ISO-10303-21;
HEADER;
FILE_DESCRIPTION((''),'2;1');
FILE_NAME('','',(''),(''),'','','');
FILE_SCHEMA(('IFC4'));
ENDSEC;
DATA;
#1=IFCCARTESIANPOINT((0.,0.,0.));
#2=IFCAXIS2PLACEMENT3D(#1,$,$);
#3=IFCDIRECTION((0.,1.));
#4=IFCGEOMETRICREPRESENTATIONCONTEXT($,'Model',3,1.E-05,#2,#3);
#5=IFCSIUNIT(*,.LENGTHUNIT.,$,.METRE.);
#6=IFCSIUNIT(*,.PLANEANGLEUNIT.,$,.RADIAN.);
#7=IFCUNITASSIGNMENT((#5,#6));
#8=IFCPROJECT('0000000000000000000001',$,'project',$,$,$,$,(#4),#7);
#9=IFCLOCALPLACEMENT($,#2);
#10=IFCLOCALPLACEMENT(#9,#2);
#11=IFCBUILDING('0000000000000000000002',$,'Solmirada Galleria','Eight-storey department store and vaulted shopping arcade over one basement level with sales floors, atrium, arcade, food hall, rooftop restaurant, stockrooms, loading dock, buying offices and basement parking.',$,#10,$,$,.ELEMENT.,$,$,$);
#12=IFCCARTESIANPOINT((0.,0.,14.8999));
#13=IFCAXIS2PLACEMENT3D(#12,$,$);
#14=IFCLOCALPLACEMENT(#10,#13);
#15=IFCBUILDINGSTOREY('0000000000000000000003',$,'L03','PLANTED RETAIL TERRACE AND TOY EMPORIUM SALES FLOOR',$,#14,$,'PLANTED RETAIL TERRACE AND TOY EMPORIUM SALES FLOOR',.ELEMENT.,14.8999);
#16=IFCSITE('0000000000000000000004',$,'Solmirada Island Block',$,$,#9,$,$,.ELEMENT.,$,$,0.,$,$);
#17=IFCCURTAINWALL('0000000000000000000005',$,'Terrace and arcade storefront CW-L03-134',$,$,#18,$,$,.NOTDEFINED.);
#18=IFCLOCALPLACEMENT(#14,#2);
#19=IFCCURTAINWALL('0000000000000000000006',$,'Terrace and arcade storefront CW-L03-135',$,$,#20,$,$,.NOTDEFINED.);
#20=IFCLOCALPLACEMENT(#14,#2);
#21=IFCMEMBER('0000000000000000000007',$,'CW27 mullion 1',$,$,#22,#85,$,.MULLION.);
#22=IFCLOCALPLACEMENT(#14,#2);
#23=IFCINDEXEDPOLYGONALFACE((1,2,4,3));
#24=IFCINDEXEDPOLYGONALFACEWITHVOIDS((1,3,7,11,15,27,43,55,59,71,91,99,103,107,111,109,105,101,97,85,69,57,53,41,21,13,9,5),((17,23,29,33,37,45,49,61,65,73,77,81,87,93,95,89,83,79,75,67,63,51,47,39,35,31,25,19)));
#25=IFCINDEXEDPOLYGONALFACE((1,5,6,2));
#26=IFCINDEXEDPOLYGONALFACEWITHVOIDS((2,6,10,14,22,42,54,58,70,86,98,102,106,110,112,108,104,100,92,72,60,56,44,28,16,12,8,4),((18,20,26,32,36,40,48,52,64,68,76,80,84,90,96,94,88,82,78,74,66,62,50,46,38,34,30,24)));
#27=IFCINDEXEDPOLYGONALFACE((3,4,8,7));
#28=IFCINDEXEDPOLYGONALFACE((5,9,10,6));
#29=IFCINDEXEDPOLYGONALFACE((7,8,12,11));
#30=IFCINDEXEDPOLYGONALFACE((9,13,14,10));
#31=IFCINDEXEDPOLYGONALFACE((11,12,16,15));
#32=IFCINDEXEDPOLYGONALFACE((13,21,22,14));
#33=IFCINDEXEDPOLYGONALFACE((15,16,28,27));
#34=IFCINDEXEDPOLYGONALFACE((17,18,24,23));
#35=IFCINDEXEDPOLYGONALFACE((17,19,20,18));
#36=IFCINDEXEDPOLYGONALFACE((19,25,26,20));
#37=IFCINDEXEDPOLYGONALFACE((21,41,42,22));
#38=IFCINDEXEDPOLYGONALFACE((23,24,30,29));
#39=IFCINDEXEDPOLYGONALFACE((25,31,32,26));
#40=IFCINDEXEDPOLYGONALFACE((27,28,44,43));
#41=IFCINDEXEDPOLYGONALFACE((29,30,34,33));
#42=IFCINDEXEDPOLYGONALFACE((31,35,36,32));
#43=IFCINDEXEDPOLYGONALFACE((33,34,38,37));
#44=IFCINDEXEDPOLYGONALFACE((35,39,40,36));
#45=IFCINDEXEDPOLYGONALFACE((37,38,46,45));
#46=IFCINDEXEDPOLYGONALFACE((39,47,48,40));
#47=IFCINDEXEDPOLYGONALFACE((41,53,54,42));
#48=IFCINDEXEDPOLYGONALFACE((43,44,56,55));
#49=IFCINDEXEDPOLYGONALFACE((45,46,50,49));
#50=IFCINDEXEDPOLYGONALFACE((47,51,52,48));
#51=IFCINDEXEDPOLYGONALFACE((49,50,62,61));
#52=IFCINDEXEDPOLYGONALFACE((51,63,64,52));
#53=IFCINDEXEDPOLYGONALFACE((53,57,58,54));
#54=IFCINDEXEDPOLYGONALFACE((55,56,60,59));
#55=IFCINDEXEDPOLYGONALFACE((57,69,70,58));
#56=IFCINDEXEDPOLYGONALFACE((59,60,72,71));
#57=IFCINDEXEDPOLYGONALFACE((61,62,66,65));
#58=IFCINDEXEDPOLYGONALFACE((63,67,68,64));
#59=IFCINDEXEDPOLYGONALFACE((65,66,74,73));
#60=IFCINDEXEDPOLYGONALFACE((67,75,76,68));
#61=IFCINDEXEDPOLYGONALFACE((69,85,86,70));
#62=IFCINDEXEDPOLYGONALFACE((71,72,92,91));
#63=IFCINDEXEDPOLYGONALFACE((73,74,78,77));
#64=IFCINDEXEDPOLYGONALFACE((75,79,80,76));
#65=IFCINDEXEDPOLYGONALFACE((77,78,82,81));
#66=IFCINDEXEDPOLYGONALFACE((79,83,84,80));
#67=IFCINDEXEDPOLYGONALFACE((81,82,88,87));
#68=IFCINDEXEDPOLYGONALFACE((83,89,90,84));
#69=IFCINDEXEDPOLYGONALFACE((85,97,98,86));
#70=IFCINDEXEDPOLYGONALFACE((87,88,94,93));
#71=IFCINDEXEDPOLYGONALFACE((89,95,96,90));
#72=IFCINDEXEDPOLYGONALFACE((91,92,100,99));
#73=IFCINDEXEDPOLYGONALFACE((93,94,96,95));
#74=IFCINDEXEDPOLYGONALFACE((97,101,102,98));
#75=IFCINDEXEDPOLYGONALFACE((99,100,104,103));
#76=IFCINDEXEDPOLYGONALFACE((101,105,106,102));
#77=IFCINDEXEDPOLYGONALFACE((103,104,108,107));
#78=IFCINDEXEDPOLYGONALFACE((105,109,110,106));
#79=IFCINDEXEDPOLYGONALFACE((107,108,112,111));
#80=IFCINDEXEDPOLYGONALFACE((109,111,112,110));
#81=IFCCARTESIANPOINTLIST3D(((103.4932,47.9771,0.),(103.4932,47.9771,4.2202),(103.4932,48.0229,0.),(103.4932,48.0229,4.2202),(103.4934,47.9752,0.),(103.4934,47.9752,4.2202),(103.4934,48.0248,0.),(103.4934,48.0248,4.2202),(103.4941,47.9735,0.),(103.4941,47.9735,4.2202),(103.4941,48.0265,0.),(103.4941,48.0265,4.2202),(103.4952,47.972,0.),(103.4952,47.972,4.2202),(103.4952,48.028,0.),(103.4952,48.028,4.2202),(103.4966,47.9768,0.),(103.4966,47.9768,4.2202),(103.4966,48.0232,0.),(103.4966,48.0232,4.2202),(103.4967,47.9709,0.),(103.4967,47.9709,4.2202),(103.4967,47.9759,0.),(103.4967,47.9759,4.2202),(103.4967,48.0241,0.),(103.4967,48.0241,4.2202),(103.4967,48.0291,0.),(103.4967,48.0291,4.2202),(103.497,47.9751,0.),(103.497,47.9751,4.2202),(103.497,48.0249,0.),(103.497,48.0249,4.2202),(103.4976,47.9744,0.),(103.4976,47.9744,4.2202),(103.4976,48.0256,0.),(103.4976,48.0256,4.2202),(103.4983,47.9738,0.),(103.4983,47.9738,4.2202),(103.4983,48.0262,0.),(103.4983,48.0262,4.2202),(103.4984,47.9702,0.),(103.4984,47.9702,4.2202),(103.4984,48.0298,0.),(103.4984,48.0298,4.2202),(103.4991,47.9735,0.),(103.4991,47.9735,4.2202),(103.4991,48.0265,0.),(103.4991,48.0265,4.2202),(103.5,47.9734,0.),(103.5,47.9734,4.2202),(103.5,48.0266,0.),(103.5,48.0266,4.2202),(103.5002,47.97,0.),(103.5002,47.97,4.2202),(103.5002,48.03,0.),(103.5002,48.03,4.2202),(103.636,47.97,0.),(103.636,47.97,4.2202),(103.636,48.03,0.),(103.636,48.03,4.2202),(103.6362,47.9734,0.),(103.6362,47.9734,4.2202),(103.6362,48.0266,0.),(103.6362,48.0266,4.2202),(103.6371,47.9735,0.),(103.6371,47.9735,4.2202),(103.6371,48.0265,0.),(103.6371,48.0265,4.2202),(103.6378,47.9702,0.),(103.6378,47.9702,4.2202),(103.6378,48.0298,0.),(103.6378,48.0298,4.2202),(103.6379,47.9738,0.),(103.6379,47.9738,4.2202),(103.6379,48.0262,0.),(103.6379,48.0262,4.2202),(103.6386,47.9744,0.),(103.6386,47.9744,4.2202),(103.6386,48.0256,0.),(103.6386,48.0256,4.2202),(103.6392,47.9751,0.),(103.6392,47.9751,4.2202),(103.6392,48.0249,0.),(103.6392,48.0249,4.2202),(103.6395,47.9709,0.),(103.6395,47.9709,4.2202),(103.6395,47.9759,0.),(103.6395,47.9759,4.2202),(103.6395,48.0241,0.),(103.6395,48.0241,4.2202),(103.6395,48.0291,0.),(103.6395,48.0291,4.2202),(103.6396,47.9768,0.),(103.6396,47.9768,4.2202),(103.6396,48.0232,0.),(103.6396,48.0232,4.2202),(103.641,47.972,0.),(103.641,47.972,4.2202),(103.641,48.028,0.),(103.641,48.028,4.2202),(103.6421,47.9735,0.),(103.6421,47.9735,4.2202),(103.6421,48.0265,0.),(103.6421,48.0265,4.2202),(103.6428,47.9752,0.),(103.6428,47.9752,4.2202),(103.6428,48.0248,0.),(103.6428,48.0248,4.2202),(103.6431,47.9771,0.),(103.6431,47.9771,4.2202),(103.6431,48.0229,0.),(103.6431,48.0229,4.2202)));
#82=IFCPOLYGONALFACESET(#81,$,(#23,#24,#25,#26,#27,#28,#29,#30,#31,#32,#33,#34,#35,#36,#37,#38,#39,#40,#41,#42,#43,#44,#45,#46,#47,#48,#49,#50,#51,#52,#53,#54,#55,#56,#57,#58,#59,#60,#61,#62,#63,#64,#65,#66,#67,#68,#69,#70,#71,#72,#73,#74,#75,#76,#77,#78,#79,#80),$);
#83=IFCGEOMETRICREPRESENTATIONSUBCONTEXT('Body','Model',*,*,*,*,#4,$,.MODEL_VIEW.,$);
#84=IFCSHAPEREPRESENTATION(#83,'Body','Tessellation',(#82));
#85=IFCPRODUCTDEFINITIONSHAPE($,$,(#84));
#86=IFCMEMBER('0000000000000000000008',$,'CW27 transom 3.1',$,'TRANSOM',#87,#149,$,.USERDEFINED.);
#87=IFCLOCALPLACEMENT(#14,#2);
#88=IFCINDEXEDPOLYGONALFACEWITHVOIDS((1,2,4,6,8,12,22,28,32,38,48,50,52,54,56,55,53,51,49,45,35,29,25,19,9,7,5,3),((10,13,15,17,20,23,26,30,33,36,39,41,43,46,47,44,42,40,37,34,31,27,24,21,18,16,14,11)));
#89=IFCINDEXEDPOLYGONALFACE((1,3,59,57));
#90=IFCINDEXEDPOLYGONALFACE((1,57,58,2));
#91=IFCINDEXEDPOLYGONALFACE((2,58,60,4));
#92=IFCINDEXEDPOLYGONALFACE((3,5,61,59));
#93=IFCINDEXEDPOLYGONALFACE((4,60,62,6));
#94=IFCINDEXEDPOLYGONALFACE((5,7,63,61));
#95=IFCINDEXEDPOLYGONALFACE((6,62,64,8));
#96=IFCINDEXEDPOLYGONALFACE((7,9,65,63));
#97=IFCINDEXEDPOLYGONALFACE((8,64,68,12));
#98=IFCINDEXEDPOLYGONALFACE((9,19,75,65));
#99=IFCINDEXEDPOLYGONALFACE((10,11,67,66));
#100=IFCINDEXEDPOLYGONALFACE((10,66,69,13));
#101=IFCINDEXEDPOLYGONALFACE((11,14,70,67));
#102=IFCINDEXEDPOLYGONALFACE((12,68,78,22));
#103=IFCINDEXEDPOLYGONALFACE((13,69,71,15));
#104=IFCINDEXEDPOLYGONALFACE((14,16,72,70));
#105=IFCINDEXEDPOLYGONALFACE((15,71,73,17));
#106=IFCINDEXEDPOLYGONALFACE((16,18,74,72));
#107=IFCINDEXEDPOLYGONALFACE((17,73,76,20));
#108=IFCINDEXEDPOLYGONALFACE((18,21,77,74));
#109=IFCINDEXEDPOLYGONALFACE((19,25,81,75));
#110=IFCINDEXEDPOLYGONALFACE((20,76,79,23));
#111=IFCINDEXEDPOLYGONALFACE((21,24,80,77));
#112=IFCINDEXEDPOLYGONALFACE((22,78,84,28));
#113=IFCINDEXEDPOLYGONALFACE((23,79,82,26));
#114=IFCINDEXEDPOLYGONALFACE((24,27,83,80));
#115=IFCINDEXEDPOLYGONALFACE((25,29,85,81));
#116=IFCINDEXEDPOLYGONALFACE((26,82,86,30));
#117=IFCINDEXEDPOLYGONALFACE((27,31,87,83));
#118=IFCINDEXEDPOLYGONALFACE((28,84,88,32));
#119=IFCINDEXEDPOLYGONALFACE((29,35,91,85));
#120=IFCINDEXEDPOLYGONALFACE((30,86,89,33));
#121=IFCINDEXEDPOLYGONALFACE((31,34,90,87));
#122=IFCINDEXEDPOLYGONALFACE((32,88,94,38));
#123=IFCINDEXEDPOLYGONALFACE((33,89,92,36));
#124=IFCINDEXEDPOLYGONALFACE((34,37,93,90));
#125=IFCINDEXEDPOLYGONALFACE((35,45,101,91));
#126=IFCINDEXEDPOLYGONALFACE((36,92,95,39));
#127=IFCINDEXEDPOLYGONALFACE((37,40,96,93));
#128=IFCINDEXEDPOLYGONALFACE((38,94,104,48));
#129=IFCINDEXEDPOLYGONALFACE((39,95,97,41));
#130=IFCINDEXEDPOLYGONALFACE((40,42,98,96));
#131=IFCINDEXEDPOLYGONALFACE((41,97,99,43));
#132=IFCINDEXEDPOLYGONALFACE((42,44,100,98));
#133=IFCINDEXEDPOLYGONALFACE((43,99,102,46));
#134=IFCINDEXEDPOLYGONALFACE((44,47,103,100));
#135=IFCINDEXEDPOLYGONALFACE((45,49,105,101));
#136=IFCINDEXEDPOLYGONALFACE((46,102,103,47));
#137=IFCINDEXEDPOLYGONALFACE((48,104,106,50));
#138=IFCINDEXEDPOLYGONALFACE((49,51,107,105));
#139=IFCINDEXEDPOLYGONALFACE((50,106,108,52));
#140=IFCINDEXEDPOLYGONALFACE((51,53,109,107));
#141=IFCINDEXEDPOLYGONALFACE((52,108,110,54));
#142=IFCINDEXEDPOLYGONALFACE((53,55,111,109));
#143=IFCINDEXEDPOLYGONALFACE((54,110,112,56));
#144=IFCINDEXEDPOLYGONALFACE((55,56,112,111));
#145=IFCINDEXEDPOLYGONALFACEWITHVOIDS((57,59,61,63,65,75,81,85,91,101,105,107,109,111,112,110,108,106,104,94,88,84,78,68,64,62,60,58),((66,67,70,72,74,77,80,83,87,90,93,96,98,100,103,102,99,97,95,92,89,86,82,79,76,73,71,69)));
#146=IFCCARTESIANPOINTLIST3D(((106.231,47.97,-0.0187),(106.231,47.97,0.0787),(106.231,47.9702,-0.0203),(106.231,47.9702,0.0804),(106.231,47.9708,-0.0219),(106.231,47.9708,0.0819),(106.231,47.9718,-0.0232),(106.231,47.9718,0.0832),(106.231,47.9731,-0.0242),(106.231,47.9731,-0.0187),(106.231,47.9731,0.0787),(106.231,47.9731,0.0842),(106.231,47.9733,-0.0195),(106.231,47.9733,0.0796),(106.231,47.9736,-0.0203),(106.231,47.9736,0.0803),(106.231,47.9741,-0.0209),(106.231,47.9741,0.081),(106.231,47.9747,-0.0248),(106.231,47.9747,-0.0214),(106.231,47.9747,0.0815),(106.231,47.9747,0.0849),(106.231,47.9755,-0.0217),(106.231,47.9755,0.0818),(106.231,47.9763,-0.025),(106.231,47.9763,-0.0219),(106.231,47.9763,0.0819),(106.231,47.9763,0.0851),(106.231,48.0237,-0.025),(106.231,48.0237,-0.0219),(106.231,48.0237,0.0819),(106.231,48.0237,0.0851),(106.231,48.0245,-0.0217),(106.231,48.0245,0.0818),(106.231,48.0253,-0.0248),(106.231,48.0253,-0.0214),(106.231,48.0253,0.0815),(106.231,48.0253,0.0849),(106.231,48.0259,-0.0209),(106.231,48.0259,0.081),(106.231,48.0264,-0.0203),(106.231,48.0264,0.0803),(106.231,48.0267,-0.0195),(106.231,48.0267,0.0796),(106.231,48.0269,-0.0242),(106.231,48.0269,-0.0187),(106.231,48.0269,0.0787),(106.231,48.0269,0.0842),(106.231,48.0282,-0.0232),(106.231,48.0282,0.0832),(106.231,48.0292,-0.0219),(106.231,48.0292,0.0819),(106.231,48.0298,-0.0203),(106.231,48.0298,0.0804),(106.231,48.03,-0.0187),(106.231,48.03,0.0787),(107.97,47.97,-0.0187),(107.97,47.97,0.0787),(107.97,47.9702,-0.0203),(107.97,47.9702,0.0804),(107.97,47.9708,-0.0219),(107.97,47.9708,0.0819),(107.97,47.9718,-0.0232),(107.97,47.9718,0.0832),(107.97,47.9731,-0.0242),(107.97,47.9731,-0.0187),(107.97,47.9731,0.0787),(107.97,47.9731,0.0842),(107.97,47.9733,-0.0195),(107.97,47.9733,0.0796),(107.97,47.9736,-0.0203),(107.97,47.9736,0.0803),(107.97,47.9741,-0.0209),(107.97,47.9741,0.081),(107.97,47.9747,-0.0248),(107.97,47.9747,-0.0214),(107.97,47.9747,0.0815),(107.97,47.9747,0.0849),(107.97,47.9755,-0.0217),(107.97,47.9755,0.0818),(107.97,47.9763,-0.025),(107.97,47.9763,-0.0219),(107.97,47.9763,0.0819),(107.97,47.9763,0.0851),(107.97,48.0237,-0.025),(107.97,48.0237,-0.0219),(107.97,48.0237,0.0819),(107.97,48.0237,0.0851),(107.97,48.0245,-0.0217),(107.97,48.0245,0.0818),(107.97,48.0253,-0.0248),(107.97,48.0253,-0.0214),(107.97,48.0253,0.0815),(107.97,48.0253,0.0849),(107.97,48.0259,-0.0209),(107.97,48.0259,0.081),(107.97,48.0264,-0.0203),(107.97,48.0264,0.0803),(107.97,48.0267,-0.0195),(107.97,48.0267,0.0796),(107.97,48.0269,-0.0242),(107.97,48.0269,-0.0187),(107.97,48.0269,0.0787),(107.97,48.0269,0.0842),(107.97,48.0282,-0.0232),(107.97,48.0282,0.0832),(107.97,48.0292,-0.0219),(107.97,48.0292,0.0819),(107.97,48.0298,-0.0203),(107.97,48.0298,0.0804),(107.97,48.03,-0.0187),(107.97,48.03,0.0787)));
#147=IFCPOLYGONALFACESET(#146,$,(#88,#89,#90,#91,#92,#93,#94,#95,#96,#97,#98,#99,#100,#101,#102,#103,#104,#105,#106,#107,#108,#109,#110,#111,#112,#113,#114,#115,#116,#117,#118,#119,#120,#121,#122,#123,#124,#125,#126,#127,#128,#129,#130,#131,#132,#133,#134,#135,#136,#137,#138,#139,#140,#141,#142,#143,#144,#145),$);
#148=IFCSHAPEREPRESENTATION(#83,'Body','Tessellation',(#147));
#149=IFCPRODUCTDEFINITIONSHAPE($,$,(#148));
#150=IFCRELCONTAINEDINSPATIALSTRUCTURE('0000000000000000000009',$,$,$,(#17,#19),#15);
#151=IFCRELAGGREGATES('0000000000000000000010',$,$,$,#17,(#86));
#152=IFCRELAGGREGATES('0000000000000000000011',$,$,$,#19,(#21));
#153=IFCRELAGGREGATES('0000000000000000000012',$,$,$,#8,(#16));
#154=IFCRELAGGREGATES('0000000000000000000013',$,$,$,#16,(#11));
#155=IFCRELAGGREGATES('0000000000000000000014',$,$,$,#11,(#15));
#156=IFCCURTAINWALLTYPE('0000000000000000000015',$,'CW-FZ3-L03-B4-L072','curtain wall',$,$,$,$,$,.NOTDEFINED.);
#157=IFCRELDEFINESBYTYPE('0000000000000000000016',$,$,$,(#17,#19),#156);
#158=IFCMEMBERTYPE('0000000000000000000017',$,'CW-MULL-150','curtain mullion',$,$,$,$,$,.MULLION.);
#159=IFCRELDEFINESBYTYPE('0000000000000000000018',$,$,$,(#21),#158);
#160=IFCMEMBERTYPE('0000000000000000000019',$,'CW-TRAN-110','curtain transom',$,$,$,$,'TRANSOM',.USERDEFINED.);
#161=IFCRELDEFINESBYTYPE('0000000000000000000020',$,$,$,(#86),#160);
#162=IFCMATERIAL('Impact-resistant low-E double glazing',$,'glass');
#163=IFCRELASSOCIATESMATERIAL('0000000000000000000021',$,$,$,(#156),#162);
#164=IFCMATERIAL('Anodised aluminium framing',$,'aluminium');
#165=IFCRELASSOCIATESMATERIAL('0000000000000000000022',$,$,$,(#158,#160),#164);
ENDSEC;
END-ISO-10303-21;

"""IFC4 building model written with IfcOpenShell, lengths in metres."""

from ifc_helpers import new_model, si_unit, direction, frame, origin, origin_2d, place, context, subcontext, project, spatial, hollow_rectangle, extrude, material, material_profile, profile_set, type_object, element, aggregate, save


model = new_model("IFC4")

# Units and contexts
model_context = context("Model", 3, precision=1e-05, world=origin(), true_north=direction((0.0, 1.0)))
body_context = subcontext(model_context, "Body", "Model", "MODEL_VIEW")
ifc_project = project(units=[si_unit("LENGTHUNIT", "METRE"), si_unit("PLANEANGLEUNIT", "RADIAN")], contexts=[model_context])

# Site, building, storey
site_placement = place(None, origin())
site = spatial("IfcSite", under=ifc_project, at=site_placement, Name="Solmirada Island Block", CompositionType="ELEMENT", RefElevation=0.0)
building_placement = place(site_placement, origin())
building = spatial("IfcBuilding", under=site, at=building_placement, Name="Solmirada Galleria", Description="Eight-storey department store and vaulted shopping arcade over one basement level with sales floors, atrium, arcade, food hall, rooftop restaurant, stockrooms, loading dock, buying offices and basement parking.", CompositionType="ELEMENT")
storey_placement = place(building_placement, frame((0.0, 0.0, 14.8999)))
storey = spatial("IfcBuildingStorey", under=building, at=storey_placement, Name="L03", Description="PLANTED RETAIL TERRACE AND TOY EMPORIUM SALES FLOOR", LongName="PLANTED RETAIL TERRACE AND TOY EMPORIUM SALES FLOOR", CompositionType="ELEMENT", Elevation=14.8999)

# Curtain wall
ifc_material_1 = material(Name="Impact-resistant low-E double glazing", Category="glass")
curtain_wall_type_1 = type_object("IfcCurtainWallType", Name="CW-FZ3-L03-B4-L072", Description="curtain wall", PredefinedType="NOTDEFINED", material=ifc_material_1)
curtain_wall_1_placement = place(storey_placement, origin())
curtain_wall_1 = element("IfcCurtainWall", 1, at=curtain_wall_1_placement, inside=storey, type_object=curtain_wall_type_1, Name="Terrace and arcade storefront CW-L03-134", PredefinedType="NOTDEFINED")
ifc_material_2 = material(Name="Anodised aluminium framing", Category="aluminium")
ifc_material_profile_1 = material_profile(ifc_material_2, hollow_rectangle(XDim=0.0601, YDim=0.1499, WallThickness=0.0034, InnerFilletRadius=0.0034, OuterFilletRadius=0.0071, at=origin_2d()), Name="ALU-MULL-150X60")
ifc_profile_set_1 = profile_set([ifc_material_profile_1], Name="Anodised aluminium framing")
member_type_1 = type_object("IfcMemberType", Name="CW-MULL-150", Description="curtain mullion", PredefinedType="MULLION", material=ifc_profile_set_1)

# Curtain wall, member
curtain_wall_2_placement = place(storey_placement, origin())
curtain_wall_2 = element("IfcCurtainWall", 2, at=curtain_wall_2_placement, inside=storey, type_object=curtain_wall_type_1, Name="Terrace and arcade storefront CW-L03-135", PredefinedType="NOTDEFINED")
member_1_placement = place(storey_placement, frame((103.5681, 48.0, 0.0), z_axis=(0.0, 0.0, 1.0), x_axis=(0.0, -1.0, 0.0)))
member_1 = element("IfcMember", 3, at=member_1_placement, type_object=member_type_1, Name="CW27 mullion 1", PredefinedType="MULLION", context=body_context, shape_type="SweptSolid", body=[
    extrude(hollow_rectangle(XDim=0.0601, YDim=0.1499, WallThickness=0.0034, InnerFilletRadius=0.0034, OuterFilletRadius=0.0071, at=origin_2d()), origin(), (0.0, 0.0, 1.0), 4.2202),
])

# Member
ifc_material_profile_2 = material_profile(ifc_material_2, hollow_rectangle(XDim=0.0601, YDim=0.1101, WallThickness=0.0032, InnerFilletRadius=0.0032, OuterFilletRadius=0.0063, at=origin_2d()), Name="ALU-TRAN-110X60")
ifc_profile_set_2 = profile_set([ifc_material_profile_2], Name="Anodised aluminium framing")
member_type_2 = type_object("IfcMemberType", Name="CW-TRAN-110", Description="curtain transom", ElementType="TRANSOM", PredefinedType="USERDEFINED", material=ifc_profile_set_2)
member_2_placement = place(storey_placement, frame((107.97, 48.0, 0.03), z_axis=(-1.0, 0.0, 0.0), x_axis=(0.0, -1.0, 0.0)))
member_2 = element("IfcMember", 4, at=member_2_placement, type_object=member_type_2, Name="CW27 transom 3.1", ObjectType="TRANSOM", PredefinedType="USERDEFINED", context=body_context, shape_type="SweptSolid", body=[
    extrude(hollow_rectangle(XDim=0.0601, YDim=0.1101, WallThickness=0.0032, InnerFilletRadius=0.0032, OuterFilletRadius=0.0063, at=origin_2d()), origin(), (0.0, 0.0, 1.0), 1.739),
])

aggregate(curtain_wall_1, [member_2])
aggregate(curtain_wall_2, [member_1])

save(model, "model.ifc")
